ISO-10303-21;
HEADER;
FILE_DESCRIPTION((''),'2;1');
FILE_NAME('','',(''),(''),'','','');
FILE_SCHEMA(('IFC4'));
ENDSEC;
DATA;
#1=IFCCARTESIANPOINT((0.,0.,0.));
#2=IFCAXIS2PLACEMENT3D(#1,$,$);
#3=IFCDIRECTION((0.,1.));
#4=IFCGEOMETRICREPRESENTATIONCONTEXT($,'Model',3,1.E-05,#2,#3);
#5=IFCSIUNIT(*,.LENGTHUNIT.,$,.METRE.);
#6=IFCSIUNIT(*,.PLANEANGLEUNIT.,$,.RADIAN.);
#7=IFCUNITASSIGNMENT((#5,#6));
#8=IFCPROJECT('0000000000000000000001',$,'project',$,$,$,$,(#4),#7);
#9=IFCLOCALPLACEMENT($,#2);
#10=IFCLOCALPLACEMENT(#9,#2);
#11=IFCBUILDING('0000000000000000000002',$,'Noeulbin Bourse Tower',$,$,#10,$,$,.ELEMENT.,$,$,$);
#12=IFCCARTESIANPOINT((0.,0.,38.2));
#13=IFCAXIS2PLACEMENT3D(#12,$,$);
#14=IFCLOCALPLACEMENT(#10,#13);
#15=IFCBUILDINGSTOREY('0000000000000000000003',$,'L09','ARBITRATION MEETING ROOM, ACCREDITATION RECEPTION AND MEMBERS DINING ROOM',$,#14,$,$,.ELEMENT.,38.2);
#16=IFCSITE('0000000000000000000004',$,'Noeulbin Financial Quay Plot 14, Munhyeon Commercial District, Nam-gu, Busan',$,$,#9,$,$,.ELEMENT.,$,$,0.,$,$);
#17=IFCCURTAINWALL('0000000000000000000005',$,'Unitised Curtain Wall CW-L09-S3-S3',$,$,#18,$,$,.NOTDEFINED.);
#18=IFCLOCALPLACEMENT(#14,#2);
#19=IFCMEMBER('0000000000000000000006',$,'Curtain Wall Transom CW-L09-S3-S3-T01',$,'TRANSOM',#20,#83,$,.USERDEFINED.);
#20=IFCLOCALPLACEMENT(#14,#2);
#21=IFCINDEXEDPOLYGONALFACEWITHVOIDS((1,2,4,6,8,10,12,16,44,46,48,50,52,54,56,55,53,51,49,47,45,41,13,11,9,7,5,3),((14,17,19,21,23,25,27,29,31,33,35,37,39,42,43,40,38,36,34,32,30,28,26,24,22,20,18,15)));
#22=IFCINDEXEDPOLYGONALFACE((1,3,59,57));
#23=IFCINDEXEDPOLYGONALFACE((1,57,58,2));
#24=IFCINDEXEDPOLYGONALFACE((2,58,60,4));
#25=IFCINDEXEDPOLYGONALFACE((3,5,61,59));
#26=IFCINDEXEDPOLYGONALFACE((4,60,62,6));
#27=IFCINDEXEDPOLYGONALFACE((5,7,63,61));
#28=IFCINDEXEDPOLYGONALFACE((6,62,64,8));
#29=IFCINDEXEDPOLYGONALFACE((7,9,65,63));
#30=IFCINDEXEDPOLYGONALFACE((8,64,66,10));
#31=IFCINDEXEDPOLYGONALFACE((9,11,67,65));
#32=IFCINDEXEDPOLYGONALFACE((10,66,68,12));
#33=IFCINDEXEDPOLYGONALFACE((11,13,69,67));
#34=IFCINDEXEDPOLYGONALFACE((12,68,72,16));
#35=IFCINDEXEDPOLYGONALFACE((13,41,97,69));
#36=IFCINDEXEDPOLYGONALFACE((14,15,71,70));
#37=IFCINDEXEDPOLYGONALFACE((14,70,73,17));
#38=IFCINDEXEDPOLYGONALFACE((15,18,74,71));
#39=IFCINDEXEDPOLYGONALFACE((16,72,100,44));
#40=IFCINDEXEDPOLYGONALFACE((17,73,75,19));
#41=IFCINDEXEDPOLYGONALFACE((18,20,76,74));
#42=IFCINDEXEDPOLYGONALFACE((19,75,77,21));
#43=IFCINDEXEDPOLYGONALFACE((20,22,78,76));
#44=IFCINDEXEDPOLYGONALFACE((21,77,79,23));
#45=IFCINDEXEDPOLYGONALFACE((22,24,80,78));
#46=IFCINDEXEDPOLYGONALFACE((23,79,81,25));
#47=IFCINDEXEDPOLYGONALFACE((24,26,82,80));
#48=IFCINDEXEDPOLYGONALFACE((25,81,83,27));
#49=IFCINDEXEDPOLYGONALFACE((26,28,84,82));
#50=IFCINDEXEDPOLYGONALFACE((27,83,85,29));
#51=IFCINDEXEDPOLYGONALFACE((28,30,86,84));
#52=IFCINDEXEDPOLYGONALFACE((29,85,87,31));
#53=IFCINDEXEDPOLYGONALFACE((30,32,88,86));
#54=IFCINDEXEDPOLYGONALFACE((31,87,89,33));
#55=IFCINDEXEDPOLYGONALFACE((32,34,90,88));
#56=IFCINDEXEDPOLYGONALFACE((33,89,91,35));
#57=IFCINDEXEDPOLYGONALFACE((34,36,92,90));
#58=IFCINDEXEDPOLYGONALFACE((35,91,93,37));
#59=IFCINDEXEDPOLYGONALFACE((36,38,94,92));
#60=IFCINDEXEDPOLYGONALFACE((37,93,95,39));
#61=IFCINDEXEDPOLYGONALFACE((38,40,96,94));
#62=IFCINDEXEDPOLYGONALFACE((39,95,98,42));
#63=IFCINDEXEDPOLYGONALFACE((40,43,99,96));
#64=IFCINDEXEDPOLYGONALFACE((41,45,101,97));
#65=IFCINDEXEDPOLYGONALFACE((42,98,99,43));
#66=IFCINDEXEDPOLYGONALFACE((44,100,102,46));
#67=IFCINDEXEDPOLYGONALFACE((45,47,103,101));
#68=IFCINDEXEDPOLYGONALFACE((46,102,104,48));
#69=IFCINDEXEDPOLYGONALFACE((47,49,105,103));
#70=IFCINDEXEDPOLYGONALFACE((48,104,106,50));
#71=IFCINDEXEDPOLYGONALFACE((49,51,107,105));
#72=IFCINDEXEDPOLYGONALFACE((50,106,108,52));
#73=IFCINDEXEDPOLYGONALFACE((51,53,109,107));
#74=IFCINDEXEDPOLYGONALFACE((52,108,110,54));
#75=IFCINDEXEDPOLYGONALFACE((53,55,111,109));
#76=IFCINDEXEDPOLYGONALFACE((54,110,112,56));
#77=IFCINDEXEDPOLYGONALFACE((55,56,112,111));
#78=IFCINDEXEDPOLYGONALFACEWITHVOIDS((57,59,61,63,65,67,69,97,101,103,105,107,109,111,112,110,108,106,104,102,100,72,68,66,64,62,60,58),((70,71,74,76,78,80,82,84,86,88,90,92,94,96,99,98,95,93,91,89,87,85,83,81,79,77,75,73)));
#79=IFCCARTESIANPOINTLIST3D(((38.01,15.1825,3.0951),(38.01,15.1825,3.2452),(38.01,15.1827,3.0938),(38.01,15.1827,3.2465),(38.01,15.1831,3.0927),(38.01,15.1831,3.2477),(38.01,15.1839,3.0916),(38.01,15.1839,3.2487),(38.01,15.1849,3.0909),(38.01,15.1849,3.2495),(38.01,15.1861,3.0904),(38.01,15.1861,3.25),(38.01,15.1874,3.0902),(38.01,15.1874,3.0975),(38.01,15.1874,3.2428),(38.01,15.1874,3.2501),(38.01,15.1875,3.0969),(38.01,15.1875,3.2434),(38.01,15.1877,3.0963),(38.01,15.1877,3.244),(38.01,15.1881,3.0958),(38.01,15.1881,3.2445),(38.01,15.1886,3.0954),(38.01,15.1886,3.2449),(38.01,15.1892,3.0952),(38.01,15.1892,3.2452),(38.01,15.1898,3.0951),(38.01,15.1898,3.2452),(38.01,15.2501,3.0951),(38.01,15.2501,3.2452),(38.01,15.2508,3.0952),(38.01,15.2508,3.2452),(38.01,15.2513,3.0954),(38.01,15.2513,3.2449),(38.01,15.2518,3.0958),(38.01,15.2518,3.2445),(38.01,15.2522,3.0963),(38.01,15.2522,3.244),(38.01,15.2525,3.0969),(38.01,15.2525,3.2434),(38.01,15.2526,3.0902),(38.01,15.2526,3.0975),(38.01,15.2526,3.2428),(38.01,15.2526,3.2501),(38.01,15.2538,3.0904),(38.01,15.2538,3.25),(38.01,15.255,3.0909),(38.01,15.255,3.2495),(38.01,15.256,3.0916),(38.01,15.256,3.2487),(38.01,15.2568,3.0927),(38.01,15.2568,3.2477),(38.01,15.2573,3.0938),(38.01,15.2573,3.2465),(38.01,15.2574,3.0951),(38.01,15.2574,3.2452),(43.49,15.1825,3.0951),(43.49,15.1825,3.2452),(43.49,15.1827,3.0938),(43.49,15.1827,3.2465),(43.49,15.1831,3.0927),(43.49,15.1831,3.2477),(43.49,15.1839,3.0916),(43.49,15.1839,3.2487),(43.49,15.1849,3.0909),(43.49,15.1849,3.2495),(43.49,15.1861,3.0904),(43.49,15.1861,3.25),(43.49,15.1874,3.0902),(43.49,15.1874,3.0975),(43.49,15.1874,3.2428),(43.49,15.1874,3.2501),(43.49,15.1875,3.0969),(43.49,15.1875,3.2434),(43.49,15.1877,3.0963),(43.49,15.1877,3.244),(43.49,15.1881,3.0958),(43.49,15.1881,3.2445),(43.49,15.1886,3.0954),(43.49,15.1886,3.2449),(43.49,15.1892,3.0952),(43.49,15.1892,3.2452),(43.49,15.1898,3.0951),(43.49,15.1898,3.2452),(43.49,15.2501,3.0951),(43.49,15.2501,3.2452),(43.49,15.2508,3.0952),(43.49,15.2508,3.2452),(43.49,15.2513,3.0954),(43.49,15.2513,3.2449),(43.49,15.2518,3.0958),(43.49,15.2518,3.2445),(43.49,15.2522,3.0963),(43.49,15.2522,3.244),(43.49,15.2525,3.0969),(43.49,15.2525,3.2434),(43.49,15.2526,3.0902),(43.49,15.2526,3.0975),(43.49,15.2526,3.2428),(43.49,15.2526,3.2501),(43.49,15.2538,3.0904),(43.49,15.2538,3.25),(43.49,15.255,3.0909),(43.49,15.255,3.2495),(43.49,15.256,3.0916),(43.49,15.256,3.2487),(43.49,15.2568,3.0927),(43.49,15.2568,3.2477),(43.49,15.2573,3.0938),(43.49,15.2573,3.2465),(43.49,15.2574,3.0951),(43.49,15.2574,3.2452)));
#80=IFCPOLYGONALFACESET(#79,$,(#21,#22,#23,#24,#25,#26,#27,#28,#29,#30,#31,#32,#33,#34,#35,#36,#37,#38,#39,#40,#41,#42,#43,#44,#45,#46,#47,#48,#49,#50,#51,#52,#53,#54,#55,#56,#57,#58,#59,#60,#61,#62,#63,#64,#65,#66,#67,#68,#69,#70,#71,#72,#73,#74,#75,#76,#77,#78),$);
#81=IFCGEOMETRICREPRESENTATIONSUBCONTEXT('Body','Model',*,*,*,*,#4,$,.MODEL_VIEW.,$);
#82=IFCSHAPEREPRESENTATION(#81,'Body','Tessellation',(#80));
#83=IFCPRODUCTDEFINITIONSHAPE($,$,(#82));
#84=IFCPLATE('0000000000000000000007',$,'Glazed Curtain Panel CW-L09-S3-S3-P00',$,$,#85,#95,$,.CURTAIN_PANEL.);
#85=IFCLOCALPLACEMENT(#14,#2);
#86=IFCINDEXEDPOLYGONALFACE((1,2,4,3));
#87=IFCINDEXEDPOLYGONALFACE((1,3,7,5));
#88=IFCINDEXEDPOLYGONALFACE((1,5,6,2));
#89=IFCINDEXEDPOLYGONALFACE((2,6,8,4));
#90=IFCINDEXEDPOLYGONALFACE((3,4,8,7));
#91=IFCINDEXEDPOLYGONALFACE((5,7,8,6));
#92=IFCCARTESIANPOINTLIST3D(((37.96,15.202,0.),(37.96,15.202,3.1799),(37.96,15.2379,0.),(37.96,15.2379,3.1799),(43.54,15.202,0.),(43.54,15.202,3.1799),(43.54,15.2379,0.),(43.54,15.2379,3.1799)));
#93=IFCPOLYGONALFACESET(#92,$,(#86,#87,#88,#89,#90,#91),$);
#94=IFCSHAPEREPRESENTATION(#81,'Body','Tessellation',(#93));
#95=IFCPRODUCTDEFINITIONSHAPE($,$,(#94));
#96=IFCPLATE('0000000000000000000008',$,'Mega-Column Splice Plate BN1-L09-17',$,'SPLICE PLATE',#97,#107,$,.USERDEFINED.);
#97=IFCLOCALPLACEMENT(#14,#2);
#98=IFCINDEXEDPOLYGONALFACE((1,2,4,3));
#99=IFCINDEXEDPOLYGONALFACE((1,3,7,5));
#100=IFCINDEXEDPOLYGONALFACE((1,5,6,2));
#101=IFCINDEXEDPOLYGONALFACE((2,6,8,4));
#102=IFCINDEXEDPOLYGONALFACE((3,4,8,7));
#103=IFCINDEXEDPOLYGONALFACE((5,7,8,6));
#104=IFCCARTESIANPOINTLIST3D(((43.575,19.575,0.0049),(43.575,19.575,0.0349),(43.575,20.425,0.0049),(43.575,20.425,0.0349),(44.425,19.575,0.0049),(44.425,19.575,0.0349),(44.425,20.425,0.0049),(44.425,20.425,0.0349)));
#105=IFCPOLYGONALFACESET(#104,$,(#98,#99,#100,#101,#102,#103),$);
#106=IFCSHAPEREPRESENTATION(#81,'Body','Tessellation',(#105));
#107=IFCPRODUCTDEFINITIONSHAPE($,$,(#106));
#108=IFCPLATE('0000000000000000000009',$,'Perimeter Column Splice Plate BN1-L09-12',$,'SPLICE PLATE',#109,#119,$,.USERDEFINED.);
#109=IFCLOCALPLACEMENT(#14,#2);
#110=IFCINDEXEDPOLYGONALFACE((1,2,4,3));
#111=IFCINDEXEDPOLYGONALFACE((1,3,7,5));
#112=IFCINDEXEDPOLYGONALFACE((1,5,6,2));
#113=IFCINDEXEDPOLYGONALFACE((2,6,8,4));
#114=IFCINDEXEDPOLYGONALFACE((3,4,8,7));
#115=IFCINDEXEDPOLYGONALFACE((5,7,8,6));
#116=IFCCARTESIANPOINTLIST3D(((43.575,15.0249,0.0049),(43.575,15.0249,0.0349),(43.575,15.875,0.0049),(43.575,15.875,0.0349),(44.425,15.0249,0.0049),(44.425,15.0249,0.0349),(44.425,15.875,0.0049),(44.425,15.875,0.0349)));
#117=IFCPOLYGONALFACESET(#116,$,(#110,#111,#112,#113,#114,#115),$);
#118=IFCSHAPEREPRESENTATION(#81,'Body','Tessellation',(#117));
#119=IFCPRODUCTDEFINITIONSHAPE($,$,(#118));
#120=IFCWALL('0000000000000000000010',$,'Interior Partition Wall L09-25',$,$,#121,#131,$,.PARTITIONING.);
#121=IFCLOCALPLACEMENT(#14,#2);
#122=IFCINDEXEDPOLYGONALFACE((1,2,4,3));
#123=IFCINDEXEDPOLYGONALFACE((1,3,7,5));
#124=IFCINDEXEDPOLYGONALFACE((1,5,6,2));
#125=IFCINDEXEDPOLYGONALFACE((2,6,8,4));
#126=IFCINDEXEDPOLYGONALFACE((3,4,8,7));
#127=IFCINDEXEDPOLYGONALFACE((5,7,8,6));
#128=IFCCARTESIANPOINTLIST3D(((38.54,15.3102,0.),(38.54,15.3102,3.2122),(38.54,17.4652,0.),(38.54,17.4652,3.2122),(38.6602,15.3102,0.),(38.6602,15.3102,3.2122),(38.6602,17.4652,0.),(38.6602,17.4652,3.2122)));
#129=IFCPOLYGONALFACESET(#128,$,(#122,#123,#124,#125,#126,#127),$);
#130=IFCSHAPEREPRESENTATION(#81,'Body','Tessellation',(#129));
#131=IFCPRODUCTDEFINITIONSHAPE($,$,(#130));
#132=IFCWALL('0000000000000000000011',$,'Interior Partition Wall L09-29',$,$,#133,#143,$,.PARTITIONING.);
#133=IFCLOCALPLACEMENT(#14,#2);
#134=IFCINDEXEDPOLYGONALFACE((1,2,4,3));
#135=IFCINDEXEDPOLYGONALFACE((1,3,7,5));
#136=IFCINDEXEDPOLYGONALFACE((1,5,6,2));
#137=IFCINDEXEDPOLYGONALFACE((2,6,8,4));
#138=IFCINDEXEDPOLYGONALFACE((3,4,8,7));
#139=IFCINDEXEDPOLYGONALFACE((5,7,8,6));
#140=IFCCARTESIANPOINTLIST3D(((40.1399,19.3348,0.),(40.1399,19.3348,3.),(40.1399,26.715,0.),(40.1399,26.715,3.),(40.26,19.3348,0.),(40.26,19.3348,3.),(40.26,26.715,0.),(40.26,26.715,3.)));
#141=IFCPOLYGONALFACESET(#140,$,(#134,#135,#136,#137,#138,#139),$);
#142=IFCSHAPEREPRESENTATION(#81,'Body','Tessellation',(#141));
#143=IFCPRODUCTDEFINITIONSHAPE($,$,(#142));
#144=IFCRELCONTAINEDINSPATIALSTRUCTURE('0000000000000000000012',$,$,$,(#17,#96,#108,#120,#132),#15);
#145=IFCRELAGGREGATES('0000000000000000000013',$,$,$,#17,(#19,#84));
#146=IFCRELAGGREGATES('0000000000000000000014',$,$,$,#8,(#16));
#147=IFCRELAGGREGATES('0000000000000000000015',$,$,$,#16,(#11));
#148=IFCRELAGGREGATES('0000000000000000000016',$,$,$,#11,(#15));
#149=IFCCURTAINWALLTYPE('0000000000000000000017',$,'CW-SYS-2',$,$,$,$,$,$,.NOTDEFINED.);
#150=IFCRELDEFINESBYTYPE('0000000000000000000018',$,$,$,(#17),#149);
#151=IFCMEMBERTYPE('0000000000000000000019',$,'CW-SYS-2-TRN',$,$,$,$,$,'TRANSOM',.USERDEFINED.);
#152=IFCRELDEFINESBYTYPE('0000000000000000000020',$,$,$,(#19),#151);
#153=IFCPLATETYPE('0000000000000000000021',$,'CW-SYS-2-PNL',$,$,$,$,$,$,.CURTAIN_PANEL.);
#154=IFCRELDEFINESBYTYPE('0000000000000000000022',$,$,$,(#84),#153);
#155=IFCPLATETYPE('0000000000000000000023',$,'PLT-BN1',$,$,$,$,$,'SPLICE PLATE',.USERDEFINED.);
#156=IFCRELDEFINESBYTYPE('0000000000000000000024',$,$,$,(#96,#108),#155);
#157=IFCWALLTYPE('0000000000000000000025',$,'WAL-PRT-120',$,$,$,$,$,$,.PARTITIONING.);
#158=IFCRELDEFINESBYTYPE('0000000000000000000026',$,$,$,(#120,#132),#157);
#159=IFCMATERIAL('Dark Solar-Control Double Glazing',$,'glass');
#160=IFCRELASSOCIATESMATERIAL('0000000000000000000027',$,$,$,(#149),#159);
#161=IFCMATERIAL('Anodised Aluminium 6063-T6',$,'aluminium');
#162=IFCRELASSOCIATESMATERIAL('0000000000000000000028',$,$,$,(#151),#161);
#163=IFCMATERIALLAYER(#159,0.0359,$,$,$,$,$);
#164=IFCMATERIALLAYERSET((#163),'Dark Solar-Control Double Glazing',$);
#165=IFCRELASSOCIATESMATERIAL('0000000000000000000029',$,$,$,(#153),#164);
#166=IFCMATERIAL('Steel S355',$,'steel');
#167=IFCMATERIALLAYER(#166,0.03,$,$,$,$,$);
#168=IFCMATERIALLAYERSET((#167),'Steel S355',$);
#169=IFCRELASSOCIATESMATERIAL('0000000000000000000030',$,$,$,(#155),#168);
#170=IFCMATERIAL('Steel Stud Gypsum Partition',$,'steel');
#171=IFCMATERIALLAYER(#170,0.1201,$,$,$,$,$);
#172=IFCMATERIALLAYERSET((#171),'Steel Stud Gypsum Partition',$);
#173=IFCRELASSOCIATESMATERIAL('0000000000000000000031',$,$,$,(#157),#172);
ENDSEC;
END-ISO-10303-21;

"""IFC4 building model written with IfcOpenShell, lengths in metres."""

from ifc_helpers import new_model, si_unit, direction, frame, frame_2d, origin, origin_2d, place, context, subcontext, project, spatial, rectangle, hollow_rectangle, extrude, material, layer, layer_set, material_profile, profile_set, type_object, element, aggregate, save


model = new_model("IFC4")

# Units and contexts
model_context = context("Model", 3, precision=1e-05, world=origin(), true_north=direction((0.0, 1.0)))
body_context = subcontext(model_context, "Body", "Model", "MODEL_VIEW")
ifc_project = project(units=[si_unit("LENGTHUNIT", "METRE"), si_unit("PLANEANGLEUNIT", "RADIAN")], contexts=[model_context])

# Site, building, storey
site_placement = place(None, origin())
site = spatial("IfcSite", under=ifc_project, at=site_placement, Name="Noeulbin Financial Quay Plot 14, Munhyeon Commercial District, Nam-gu, Busan", CompositionType="ELEMENT", RefElevation=0.0)
building_placement = place(site_placement, origin())
building = spatial("IfcBuilding", under=site, at=building_placement, Name="Noeulbin Bourse Tower", CompositionType="ELEMENT")
storey_placement = place(building_placement, frame((0.0, 0.0, 38.2)))
storey = spatial("IfcBuildingStorey", under=building, at=storey_placement, Name="L09", Description="ARBITRATION MEETING ROOM, ACCREDITATION RECEPTION AND MEMBERS DINING ROOM", CompositionType="ELEMENT", Elevation=38.2)

# Shared definitions
ifc_material_1 = material(Name="Steel S355", Category="steel")

# Curtain wall, member, plate
ifc_material_2 = material(Name="Dark Solar-Control Double Glazing", Category="glass")
curtain_wall_type = type_object("IfcCurtainWallType", Name="CW-SYS-2", PredefinedType="NOTDEFINED", material=ifc_material_2)
curtain_wall_placement = place(storey_placement, origin())
curtain_wall = element("IfcCurtainWall", 1, at=curtain_wall_placement, inside=storey, type_object=curtain_wall_type, Name="Unitised Curtain Wall CW-L09-S3-S3", PredefinedType="NOTDEFINED")
ifc_material_3 = material(Name="Anodised Aluminium 6063-T6", Category="aluminium")
ifc_material_profile_1 = material_profile(ifc_material_3, hollow_rectangle(XDim=0.075, YDim=0.1599, WallThickness=0.0049, InnerFilletRadius=0.0024, OuterFilletRadius=0.0049, at=origin_2d()), Name="ALU-TRAN-75x160x5", Category="LoadBearing")
ifc_profile_set_1 = profile_set([ifc_material_profile_1], Name="Anodised Aluminium 6063-T6")
member_type_1 = type_object("IfcMemberType", Name="CW-SYS-2-TRN", ElementType="TRANSOM", PredefinedType="USERDEFINED", material=ifc_profile_set_1)
member_1_placement = place(storey_placement, frame((38.01, 15.22, 3.1702), z_axis=(1.0, 0.0, 0.0), x_axis=(0.0, 1.0, 0.0)))
member_1 = element("IfcMember", 2, at=member_1_placement, type_object=member_type_1, Name="Curtain Wall Transom CW-L09-S3-S3-T01", ObjectType="TRANSOM", PredefinedType="USERDEFINED", context=body_context, shape_type="SweptSolid", body=[
    extrude(hollow_rectangle(XDim=0.075, YDim=0.1599, WallThickness=0.0049, InnerFilletRadius=0.0024, OuterFilletRadius=0.0049, at=origin_2d()), origin(), (0.0, 0.0, 1.0), 5.48),
])
ifc_layer_1 = layer(ifc_material_2, 0.0359)
ifc_layer_set_1 = layer_set([ifc_layer_1], Name="Dark Solar-Control Double Glazing")
plate_type_1 = type_object("IfcPlateType", Name="CW-SYS-2-PNL", PredefinedType="CURTAIN_PANEL", material=ifc_layer_set_1)
plate_placement = place(storey_placement, frame((40.75, 15.22, 0.0), z_axis=(0.0, 0.0, 1.0), x_axis=(1.0, 0.0, 0.0)))
plate = element("IfcPlate", 3, at=plate_placement, type_object=plate_type_1, Name="Glazed Curtain Panel CW-L09-S3-S3-P00", PredefinedType="CURTAIN_PANEL", context=body_context, shape_type="SweptSolid", body=[
    extrude(rectangle(XDim=5.5801, YDim=0.0359, at=origin_2d()), origin(), (0.0, 0.0, 1.0), 3.1799),
])
aggregate(curtain_wall, [member_1, plate])

# Plates
ifc_layer_2 = layer(ifc_material_1, 0.03)
ifc_layer_set_2 = layer_set([ifc_layer_2], Name="Steel S355")
plate_type_2 = type_object("IfcPlateType", Name="PLT-BN1", ElementType="SPLICE PLATE", PredefinedType="USERDEFINED", material=ifc_layer_set_2)
for number, where, z_axis, x_axis, name in (
    (4, (44.0, 20.0, 0.0049), (0.0, 0.0, 1.0), (1.0, 0.0, 0.0), "Mega-Column Splice Plate BN1-L09-17"),
    (5, (44.0, 15.45, 0.0049), (0.0, 0.0, 1.0), (1.0, 0.0, 0.0), "Perimeter Column Splice Plate BN1-L09-12"),
):
    element("IfcPlate", number, at=place(storey_placement, frame(where, z_axis=z_axis, x_axis=x_axis)), inside=storey, type_object=plate_type_2, Name=name, ObjectType="SPLICE PLATE", PredefinedType="USERDEFINED", context=body_context, shape_type="SweptSolid", body=[
        extrude(rectangle(XDim=0.8501, YDim=0.8501, at=origin_2d()), origin(), (0.0, 0.0, 1.0), 0.03),
    ])

# Walls
ifc_material_4 = material(Name="Steel Stud Gypsum Partition", Category="steel")
ifc_layer_3 = layer(ifc_material_4, 0.1201)
ifc_layer_set_3 = layer_set([ifc_layer_3], Name="Steel Stud Gypsum Partition")
wall_type = type_object("IfcWallType", Name="WAL-PRT-120", PredefinedType="PARTITIONING", material=ifc_layer_set_3)
wall_1_placement = place(storey_placement, frame((38.6001, 15.3101, 0.0), z_axis=(0.0, 0.0, 1.0), x_axis=(0.0, 1.0, 0.0)))
element("IfcWall", 6, at=wall_1_placement, inside=storey, type_object=wall_type, Name="Interior Partition Wall L09-25", PredefinedType="PARTITIONING", context=body_context, shape_type="SweptSolid", body=[
    extrude(rectangle(XDim=2.155, YDim=0.1201, at=frame_2d((1.0776, 0.0))), origin(), (0.0, 0.0, 1.0), 3.2122),
])
wall_2_placement = place(storey_placement, frame((40.2, 19.335, 0.0), z_axis=(0.0, 0.0, 1.0), x_axis=(0.0, 1.0, 0.0)))
element("IfcWall", 7, at=wall_2_placement, inside=storey, type_object=wall_type, Name="Interior Partition Wall L09-29", PredefinedType="PARTITIONING", context=body_context, shape_type="SweptSolid", body=[
    extrude(rectangle(XDim=7.3801, YDim=0.1201, at=frame_2d((3.6899, 0.0))), origin(), (0.0, 0.0, 1.0), 3.0),
])

save(model, "model.ifc")
